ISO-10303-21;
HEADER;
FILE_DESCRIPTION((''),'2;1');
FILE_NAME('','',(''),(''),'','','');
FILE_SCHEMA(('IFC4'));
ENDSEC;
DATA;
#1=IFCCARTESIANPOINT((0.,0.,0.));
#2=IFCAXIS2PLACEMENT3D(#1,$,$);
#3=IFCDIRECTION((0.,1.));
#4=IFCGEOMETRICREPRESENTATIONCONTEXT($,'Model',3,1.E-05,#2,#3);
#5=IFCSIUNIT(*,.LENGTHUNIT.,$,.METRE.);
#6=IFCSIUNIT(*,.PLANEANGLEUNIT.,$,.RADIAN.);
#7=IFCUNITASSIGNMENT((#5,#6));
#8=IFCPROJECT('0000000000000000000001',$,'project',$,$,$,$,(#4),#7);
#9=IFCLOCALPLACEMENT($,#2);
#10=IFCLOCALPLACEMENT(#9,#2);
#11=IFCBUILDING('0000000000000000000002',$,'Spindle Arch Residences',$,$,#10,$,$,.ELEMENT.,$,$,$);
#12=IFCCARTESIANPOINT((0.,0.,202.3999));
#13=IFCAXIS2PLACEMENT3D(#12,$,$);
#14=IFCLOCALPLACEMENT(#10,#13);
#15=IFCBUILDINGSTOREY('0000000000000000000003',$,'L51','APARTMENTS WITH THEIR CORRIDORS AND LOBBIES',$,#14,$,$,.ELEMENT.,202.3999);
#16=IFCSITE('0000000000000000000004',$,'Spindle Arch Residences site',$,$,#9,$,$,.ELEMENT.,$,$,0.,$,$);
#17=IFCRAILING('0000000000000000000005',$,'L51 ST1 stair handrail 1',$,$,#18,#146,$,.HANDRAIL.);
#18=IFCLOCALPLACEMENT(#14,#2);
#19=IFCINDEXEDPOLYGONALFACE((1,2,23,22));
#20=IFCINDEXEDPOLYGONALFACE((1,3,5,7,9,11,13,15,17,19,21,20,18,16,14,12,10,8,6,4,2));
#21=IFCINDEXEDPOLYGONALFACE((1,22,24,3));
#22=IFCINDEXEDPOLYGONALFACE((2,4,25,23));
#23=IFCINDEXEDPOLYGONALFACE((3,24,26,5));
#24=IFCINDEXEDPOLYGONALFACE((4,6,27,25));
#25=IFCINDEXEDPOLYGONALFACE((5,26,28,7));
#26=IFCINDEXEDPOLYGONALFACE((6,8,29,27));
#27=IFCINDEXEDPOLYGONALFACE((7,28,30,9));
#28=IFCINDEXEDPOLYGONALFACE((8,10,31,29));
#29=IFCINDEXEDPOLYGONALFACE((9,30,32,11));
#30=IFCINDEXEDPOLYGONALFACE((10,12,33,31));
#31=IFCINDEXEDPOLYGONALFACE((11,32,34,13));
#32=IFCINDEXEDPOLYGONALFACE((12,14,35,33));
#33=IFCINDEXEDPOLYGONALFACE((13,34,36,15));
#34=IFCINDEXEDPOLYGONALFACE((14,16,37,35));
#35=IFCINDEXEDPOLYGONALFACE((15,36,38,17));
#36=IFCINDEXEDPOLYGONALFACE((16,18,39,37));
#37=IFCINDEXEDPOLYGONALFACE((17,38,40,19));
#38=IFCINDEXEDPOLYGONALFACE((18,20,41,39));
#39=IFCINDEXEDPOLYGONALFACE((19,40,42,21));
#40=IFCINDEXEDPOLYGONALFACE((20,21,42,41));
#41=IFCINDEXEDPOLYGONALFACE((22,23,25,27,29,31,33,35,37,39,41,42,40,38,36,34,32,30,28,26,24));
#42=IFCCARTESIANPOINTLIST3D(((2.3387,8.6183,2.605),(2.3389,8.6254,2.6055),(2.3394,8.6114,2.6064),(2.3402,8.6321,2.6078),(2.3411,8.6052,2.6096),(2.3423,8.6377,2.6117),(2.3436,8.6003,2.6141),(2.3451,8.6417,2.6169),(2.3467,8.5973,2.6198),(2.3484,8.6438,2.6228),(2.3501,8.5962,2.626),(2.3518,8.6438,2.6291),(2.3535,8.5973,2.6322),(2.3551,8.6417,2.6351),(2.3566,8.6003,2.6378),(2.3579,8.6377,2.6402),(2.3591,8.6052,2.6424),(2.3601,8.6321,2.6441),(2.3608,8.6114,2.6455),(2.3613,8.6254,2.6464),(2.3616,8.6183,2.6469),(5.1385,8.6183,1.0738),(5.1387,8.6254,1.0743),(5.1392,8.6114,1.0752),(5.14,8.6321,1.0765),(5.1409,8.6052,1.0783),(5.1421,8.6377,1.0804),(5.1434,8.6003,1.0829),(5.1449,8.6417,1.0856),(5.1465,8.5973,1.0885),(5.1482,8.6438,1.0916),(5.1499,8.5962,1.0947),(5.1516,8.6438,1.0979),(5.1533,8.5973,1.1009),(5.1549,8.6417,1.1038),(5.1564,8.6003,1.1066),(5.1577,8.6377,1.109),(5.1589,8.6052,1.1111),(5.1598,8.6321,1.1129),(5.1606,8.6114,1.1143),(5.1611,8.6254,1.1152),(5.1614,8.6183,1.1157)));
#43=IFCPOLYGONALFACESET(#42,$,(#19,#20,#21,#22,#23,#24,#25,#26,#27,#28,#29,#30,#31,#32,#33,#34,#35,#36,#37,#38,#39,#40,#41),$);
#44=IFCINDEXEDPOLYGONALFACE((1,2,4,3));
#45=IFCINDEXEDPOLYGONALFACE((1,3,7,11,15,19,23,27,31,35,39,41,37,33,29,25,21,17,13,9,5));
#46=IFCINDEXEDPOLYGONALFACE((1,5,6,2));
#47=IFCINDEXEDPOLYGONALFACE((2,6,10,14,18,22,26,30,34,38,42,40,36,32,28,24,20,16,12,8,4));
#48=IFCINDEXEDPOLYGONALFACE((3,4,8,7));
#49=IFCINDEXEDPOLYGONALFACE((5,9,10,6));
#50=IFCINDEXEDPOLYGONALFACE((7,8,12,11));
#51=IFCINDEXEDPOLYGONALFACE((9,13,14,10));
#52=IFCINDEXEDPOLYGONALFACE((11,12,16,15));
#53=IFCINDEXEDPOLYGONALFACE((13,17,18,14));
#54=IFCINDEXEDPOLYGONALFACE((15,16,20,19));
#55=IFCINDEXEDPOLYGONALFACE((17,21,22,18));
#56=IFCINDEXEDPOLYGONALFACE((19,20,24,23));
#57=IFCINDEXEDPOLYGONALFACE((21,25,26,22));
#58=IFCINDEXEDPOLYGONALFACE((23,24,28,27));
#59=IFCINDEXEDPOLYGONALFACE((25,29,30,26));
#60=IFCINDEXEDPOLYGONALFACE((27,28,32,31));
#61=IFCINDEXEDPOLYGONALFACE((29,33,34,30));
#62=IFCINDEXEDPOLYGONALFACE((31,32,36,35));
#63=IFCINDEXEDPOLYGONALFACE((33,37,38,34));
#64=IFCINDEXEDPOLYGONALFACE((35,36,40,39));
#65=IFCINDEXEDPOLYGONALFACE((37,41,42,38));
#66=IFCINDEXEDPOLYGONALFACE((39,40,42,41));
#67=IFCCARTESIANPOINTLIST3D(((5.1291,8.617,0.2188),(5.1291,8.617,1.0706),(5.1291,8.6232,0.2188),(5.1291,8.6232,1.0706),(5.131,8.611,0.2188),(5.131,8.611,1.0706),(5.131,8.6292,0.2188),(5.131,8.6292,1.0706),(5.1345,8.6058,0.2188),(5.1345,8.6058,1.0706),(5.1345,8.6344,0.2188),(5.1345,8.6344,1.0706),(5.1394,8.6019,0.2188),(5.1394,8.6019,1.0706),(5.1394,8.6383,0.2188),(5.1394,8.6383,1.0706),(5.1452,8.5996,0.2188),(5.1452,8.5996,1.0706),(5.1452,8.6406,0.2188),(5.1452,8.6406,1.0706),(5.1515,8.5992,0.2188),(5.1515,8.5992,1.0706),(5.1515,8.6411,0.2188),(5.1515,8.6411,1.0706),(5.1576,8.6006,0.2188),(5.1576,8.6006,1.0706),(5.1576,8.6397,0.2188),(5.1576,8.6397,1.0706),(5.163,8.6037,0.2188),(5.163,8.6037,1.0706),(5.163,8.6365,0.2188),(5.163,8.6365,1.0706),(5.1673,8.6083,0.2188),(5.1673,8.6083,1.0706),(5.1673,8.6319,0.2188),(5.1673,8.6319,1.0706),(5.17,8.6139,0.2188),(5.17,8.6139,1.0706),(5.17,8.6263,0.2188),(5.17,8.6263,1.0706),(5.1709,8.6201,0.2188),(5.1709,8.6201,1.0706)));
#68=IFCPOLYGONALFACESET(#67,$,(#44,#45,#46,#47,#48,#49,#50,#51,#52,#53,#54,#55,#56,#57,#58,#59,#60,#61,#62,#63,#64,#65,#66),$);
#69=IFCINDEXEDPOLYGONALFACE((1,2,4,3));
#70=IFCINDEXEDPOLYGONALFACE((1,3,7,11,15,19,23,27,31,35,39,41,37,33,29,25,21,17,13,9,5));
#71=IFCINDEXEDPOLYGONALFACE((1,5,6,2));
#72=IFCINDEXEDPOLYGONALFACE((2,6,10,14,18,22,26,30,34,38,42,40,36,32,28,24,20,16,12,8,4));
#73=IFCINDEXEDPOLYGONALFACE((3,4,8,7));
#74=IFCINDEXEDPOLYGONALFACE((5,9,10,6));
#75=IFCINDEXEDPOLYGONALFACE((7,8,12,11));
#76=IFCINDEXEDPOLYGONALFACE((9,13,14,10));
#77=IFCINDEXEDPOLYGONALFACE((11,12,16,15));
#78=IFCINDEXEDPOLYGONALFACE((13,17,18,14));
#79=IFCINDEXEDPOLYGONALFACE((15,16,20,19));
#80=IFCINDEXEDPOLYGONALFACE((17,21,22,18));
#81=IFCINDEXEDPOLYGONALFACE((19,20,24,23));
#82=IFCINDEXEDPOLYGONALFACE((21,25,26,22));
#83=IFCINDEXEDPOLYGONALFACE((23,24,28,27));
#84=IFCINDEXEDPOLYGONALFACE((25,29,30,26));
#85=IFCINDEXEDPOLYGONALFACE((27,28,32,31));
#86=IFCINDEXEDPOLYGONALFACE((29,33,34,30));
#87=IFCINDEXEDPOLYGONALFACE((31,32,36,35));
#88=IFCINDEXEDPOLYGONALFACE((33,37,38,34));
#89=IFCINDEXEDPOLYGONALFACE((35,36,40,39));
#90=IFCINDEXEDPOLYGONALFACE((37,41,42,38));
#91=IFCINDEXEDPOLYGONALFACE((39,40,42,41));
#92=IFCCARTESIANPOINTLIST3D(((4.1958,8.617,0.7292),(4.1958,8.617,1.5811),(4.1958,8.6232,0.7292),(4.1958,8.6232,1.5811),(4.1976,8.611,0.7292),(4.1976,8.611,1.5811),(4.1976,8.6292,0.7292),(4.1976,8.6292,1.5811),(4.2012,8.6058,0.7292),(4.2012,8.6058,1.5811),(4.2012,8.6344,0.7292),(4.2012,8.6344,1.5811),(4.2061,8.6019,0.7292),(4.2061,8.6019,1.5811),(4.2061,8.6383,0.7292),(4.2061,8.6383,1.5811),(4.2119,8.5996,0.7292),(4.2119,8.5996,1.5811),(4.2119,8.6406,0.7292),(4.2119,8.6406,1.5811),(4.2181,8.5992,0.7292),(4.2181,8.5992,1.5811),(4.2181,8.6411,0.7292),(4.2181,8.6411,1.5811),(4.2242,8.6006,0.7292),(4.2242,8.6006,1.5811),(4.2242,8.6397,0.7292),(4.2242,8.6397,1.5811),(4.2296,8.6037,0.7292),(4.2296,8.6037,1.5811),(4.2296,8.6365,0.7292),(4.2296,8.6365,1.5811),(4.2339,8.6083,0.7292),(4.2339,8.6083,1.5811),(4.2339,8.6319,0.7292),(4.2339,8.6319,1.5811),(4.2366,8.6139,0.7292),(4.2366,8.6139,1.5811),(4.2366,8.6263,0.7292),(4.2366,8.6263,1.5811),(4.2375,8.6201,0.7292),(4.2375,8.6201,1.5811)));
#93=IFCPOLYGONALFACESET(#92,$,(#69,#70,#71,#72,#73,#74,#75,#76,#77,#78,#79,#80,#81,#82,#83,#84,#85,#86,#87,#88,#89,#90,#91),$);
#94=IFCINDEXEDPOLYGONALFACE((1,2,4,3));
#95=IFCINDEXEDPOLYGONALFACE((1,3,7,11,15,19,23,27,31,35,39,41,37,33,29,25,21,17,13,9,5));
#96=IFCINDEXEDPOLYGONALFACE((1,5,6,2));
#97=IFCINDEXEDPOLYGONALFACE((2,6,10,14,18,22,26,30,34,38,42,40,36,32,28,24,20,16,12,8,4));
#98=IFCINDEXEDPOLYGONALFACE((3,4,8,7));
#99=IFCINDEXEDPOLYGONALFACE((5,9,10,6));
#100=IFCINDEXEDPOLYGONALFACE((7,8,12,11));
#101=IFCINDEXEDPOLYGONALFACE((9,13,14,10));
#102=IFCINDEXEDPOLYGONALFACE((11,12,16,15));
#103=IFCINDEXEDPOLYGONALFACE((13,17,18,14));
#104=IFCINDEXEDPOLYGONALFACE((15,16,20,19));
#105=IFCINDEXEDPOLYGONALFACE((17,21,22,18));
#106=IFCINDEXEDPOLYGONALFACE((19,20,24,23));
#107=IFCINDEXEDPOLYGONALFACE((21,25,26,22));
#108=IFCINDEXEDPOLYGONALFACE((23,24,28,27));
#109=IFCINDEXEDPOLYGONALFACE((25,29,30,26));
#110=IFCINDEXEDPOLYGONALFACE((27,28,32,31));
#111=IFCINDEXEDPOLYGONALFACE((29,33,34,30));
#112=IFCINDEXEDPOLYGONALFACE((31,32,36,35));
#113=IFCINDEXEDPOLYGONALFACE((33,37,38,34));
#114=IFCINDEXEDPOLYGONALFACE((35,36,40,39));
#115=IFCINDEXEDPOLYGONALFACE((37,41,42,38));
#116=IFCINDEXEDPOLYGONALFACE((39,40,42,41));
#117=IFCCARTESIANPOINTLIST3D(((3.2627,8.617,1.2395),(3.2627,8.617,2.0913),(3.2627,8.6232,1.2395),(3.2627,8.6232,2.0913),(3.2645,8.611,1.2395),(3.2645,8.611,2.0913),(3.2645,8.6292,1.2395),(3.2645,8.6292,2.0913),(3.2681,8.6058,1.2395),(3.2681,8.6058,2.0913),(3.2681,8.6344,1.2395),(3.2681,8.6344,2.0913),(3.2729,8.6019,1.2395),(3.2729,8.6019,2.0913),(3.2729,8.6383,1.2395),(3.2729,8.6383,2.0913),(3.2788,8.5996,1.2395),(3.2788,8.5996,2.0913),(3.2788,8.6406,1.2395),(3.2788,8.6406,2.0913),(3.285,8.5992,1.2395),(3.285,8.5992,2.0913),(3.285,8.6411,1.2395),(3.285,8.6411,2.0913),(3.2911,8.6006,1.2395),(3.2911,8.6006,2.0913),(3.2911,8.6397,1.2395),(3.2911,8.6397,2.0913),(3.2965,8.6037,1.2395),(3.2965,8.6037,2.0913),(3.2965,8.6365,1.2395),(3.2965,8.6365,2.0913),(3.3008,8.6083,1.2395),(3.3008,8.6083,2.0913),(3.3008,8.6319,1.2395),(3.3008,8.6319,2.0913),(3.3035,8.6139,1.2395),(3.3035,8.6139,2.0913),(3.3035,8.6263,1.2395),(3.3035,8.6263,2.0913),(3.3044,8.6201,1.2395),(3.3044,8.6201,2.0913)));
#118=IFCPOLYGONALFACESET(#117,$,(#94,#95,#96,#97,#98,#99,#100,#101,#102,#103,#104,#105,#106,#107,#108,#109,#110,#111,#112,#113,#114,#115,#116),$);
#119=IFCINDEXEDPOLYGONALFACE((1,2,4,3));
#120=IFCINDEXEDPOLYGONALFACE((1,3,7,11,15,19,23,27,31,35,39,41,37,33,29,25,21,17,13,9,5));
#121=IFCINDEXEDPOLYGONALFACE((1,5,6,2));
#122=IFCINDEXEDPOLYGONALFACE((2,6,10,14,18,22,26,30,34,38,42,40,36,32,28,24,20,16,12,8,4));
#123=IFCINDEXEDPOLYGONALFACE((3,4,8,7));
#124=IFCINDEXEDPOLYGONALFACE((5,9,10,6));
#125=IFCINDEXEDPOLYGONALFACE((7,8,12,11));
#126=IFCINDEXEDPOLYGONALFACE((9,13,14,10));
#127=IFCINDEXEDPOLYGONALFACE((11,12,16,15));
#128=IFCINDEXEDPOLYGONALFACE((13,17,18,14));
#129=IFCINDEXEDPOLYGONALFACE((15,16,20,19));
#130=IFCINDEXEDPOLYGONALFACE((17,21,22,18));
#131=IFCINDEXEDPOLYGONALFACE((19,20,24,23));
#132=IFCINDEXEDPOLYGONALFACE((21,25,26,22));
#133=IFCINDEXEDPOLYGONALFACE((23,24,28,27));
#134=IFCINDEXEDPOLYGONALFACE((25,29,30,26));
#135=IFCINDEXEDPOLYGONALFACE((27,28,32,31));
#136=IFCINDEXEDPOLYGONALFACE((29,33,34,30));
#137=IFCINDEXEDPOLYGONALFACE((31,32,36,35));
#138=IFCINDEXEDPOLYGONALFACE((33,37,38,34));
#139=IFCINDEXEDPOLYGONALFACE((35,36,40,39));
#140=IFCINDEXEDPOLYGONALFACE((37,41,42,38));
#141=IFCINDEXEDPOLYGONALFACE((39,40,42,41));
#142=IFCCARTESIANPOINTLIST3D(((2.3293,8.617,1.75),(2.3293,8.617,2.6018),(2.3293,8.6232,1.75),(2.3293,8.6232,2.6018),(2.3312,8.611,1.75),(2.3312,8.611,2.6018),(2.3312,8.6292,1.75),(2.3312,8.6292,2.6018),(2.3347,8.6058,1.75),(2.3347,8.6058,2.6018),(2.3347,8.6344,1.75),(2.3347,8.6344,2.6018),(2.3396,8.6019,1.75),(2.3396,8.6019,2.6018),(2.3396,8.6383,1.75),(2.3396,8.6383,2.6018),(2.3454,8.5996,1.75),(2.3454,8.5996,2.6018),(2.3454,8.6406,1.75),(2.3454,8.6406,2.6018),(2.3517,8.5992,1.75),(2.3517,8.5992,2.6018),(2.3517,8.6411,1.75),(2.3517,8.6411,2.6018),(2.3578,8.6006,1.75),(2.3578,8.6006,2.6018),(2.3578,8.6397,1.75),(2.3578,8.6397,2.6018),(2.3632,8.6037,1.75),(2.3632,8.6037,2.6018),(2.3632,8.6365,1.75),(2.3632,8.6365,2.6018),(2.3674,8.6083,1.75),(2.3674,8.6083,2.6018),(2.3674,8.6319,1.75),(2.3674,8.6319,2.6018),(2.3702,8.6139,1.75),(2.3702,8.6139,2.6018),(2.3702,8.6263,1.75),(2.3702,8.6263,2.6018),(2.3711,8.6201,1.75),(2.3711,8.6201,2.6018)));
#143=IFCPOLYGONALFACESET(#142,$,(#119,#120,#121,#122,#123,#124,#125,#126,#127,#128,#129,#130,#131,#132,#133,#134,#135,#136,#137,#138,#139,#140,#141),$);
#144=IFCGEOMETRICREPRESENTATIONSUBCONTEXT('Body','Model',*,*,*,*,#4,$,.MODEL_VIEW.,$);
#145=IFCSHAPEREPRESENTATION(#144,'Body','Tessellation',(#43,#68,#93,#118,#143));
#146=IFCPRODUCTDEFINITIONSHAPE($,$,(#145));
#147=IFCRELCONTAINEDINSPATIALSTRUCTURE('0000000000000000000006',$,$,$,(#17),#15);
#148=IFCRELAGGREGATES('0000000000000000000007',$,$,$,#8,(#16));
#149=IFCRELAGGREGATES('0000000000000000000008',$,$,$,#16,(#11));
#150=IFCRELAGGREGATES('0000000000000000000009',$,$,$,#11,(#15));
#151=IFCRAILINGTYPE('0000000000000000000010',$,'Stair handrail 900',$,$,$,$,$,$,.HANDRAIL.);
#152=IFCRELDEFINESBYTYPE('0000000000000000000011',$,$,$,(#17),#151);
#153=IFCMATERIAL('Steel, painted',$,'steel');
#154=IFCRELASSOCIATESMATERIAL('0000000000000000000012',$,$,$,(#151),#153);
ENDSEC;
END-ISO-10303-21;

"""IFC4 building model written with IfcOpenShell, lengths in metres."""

from ifc_helpers import new_model, si_unit, direction, frame, origin, origin_2d, place, context, subcontext, project, spatial, circle, extrude, material, type_object, element, save


model = new_model("IFC4")

# Units and contexts
model_context = context("Model", 3, precision=1e-05, world=origin(), true_north=direction((0.0, 1.0)))
body_context = subcontext(model_context, "Body", "Model", "MODEL_VIEW")
ifc_project = project(units=[si_unit("LENGTHUNIT", "METRE"), si_unit("PLANEANGLEUNIT", "RADIAN")], contexts=[model_context])

# Site, building, storey
site_placement = place(None, origin())
site = spatial("IfcSite", under=ifc_project, at=site_placement, Name="Spindle Arch Residences site", CompositionType="ELEMENT", RefElevation=0.0)
building_placement = place(site_placement, origin())
building = spatial("IfcBuilding", under=site, at=building_placement, Name="Spindle Arch Residences", CompositionType="ELEMENT")
storey_placement = place(building_placement, frame((0.0, 0.0, 202.3999)))
storey = spatial("IfcBuildingStorey", under=building, at=storey_placement, Name="L51", Description="APARTMENTS WITH THEIR CORRIDORS AND LOBBIES", CompositionType="ELEMENT", Elevation=202.3999)

# Railing
ifc_material_1 = material(Name="Steel, painted", Category="steel")
railing_type_1 = type_object("IfcRailingType", Name="Stair handrail 900", PredefinedType="HANDRAIL", material=ifc_material_1)
railing_1_placement = place(storey_placement, frame((5.1499, 8.6201, 0.2188)))
element("IfcRailing", 1, at=railing_1_placement, inside=storey, type_object=railing_type_1, Name="L51 ST1 stair handrail 1", PredefinedType="HANDRAIL", context=body_context, shape_type="SweptSolid", body=[
    extrude(circle(Radius=0.0239, at=origin_2d()), frame((0.0, 0.0, 0.876), z_axis=(-0.877357, 0.0, 0.479838), x_axis=(0.0, -1.0, 0.0)), (0.0, 0.0, 1.0), 3.1912),
    extrude(circle(Radius=0.021, at=origin_2d()), origin(), (0.0, 0.0, 1.0), 0.8518),
    extrude(circle(Radius=0.021, at=origin_2d()), frame((-0.9333, 0.0, 0.5105)), (0.0, 0.0, 1.0), 0.8518),
    extrude(circle(Radius=0.021, at=origin_2d()), frame((-1.8665, 0.0, 1.0208)), (0.0, 0.0, 1.0), 0.8518),
    extrude(circle(Radius=0.021, at=origin_2d()), frame((-2.7998, 0.0, 1.5312)), (0.0, 0.0, 1.0), 0.8518),
])

save(model, "model.ifc")
